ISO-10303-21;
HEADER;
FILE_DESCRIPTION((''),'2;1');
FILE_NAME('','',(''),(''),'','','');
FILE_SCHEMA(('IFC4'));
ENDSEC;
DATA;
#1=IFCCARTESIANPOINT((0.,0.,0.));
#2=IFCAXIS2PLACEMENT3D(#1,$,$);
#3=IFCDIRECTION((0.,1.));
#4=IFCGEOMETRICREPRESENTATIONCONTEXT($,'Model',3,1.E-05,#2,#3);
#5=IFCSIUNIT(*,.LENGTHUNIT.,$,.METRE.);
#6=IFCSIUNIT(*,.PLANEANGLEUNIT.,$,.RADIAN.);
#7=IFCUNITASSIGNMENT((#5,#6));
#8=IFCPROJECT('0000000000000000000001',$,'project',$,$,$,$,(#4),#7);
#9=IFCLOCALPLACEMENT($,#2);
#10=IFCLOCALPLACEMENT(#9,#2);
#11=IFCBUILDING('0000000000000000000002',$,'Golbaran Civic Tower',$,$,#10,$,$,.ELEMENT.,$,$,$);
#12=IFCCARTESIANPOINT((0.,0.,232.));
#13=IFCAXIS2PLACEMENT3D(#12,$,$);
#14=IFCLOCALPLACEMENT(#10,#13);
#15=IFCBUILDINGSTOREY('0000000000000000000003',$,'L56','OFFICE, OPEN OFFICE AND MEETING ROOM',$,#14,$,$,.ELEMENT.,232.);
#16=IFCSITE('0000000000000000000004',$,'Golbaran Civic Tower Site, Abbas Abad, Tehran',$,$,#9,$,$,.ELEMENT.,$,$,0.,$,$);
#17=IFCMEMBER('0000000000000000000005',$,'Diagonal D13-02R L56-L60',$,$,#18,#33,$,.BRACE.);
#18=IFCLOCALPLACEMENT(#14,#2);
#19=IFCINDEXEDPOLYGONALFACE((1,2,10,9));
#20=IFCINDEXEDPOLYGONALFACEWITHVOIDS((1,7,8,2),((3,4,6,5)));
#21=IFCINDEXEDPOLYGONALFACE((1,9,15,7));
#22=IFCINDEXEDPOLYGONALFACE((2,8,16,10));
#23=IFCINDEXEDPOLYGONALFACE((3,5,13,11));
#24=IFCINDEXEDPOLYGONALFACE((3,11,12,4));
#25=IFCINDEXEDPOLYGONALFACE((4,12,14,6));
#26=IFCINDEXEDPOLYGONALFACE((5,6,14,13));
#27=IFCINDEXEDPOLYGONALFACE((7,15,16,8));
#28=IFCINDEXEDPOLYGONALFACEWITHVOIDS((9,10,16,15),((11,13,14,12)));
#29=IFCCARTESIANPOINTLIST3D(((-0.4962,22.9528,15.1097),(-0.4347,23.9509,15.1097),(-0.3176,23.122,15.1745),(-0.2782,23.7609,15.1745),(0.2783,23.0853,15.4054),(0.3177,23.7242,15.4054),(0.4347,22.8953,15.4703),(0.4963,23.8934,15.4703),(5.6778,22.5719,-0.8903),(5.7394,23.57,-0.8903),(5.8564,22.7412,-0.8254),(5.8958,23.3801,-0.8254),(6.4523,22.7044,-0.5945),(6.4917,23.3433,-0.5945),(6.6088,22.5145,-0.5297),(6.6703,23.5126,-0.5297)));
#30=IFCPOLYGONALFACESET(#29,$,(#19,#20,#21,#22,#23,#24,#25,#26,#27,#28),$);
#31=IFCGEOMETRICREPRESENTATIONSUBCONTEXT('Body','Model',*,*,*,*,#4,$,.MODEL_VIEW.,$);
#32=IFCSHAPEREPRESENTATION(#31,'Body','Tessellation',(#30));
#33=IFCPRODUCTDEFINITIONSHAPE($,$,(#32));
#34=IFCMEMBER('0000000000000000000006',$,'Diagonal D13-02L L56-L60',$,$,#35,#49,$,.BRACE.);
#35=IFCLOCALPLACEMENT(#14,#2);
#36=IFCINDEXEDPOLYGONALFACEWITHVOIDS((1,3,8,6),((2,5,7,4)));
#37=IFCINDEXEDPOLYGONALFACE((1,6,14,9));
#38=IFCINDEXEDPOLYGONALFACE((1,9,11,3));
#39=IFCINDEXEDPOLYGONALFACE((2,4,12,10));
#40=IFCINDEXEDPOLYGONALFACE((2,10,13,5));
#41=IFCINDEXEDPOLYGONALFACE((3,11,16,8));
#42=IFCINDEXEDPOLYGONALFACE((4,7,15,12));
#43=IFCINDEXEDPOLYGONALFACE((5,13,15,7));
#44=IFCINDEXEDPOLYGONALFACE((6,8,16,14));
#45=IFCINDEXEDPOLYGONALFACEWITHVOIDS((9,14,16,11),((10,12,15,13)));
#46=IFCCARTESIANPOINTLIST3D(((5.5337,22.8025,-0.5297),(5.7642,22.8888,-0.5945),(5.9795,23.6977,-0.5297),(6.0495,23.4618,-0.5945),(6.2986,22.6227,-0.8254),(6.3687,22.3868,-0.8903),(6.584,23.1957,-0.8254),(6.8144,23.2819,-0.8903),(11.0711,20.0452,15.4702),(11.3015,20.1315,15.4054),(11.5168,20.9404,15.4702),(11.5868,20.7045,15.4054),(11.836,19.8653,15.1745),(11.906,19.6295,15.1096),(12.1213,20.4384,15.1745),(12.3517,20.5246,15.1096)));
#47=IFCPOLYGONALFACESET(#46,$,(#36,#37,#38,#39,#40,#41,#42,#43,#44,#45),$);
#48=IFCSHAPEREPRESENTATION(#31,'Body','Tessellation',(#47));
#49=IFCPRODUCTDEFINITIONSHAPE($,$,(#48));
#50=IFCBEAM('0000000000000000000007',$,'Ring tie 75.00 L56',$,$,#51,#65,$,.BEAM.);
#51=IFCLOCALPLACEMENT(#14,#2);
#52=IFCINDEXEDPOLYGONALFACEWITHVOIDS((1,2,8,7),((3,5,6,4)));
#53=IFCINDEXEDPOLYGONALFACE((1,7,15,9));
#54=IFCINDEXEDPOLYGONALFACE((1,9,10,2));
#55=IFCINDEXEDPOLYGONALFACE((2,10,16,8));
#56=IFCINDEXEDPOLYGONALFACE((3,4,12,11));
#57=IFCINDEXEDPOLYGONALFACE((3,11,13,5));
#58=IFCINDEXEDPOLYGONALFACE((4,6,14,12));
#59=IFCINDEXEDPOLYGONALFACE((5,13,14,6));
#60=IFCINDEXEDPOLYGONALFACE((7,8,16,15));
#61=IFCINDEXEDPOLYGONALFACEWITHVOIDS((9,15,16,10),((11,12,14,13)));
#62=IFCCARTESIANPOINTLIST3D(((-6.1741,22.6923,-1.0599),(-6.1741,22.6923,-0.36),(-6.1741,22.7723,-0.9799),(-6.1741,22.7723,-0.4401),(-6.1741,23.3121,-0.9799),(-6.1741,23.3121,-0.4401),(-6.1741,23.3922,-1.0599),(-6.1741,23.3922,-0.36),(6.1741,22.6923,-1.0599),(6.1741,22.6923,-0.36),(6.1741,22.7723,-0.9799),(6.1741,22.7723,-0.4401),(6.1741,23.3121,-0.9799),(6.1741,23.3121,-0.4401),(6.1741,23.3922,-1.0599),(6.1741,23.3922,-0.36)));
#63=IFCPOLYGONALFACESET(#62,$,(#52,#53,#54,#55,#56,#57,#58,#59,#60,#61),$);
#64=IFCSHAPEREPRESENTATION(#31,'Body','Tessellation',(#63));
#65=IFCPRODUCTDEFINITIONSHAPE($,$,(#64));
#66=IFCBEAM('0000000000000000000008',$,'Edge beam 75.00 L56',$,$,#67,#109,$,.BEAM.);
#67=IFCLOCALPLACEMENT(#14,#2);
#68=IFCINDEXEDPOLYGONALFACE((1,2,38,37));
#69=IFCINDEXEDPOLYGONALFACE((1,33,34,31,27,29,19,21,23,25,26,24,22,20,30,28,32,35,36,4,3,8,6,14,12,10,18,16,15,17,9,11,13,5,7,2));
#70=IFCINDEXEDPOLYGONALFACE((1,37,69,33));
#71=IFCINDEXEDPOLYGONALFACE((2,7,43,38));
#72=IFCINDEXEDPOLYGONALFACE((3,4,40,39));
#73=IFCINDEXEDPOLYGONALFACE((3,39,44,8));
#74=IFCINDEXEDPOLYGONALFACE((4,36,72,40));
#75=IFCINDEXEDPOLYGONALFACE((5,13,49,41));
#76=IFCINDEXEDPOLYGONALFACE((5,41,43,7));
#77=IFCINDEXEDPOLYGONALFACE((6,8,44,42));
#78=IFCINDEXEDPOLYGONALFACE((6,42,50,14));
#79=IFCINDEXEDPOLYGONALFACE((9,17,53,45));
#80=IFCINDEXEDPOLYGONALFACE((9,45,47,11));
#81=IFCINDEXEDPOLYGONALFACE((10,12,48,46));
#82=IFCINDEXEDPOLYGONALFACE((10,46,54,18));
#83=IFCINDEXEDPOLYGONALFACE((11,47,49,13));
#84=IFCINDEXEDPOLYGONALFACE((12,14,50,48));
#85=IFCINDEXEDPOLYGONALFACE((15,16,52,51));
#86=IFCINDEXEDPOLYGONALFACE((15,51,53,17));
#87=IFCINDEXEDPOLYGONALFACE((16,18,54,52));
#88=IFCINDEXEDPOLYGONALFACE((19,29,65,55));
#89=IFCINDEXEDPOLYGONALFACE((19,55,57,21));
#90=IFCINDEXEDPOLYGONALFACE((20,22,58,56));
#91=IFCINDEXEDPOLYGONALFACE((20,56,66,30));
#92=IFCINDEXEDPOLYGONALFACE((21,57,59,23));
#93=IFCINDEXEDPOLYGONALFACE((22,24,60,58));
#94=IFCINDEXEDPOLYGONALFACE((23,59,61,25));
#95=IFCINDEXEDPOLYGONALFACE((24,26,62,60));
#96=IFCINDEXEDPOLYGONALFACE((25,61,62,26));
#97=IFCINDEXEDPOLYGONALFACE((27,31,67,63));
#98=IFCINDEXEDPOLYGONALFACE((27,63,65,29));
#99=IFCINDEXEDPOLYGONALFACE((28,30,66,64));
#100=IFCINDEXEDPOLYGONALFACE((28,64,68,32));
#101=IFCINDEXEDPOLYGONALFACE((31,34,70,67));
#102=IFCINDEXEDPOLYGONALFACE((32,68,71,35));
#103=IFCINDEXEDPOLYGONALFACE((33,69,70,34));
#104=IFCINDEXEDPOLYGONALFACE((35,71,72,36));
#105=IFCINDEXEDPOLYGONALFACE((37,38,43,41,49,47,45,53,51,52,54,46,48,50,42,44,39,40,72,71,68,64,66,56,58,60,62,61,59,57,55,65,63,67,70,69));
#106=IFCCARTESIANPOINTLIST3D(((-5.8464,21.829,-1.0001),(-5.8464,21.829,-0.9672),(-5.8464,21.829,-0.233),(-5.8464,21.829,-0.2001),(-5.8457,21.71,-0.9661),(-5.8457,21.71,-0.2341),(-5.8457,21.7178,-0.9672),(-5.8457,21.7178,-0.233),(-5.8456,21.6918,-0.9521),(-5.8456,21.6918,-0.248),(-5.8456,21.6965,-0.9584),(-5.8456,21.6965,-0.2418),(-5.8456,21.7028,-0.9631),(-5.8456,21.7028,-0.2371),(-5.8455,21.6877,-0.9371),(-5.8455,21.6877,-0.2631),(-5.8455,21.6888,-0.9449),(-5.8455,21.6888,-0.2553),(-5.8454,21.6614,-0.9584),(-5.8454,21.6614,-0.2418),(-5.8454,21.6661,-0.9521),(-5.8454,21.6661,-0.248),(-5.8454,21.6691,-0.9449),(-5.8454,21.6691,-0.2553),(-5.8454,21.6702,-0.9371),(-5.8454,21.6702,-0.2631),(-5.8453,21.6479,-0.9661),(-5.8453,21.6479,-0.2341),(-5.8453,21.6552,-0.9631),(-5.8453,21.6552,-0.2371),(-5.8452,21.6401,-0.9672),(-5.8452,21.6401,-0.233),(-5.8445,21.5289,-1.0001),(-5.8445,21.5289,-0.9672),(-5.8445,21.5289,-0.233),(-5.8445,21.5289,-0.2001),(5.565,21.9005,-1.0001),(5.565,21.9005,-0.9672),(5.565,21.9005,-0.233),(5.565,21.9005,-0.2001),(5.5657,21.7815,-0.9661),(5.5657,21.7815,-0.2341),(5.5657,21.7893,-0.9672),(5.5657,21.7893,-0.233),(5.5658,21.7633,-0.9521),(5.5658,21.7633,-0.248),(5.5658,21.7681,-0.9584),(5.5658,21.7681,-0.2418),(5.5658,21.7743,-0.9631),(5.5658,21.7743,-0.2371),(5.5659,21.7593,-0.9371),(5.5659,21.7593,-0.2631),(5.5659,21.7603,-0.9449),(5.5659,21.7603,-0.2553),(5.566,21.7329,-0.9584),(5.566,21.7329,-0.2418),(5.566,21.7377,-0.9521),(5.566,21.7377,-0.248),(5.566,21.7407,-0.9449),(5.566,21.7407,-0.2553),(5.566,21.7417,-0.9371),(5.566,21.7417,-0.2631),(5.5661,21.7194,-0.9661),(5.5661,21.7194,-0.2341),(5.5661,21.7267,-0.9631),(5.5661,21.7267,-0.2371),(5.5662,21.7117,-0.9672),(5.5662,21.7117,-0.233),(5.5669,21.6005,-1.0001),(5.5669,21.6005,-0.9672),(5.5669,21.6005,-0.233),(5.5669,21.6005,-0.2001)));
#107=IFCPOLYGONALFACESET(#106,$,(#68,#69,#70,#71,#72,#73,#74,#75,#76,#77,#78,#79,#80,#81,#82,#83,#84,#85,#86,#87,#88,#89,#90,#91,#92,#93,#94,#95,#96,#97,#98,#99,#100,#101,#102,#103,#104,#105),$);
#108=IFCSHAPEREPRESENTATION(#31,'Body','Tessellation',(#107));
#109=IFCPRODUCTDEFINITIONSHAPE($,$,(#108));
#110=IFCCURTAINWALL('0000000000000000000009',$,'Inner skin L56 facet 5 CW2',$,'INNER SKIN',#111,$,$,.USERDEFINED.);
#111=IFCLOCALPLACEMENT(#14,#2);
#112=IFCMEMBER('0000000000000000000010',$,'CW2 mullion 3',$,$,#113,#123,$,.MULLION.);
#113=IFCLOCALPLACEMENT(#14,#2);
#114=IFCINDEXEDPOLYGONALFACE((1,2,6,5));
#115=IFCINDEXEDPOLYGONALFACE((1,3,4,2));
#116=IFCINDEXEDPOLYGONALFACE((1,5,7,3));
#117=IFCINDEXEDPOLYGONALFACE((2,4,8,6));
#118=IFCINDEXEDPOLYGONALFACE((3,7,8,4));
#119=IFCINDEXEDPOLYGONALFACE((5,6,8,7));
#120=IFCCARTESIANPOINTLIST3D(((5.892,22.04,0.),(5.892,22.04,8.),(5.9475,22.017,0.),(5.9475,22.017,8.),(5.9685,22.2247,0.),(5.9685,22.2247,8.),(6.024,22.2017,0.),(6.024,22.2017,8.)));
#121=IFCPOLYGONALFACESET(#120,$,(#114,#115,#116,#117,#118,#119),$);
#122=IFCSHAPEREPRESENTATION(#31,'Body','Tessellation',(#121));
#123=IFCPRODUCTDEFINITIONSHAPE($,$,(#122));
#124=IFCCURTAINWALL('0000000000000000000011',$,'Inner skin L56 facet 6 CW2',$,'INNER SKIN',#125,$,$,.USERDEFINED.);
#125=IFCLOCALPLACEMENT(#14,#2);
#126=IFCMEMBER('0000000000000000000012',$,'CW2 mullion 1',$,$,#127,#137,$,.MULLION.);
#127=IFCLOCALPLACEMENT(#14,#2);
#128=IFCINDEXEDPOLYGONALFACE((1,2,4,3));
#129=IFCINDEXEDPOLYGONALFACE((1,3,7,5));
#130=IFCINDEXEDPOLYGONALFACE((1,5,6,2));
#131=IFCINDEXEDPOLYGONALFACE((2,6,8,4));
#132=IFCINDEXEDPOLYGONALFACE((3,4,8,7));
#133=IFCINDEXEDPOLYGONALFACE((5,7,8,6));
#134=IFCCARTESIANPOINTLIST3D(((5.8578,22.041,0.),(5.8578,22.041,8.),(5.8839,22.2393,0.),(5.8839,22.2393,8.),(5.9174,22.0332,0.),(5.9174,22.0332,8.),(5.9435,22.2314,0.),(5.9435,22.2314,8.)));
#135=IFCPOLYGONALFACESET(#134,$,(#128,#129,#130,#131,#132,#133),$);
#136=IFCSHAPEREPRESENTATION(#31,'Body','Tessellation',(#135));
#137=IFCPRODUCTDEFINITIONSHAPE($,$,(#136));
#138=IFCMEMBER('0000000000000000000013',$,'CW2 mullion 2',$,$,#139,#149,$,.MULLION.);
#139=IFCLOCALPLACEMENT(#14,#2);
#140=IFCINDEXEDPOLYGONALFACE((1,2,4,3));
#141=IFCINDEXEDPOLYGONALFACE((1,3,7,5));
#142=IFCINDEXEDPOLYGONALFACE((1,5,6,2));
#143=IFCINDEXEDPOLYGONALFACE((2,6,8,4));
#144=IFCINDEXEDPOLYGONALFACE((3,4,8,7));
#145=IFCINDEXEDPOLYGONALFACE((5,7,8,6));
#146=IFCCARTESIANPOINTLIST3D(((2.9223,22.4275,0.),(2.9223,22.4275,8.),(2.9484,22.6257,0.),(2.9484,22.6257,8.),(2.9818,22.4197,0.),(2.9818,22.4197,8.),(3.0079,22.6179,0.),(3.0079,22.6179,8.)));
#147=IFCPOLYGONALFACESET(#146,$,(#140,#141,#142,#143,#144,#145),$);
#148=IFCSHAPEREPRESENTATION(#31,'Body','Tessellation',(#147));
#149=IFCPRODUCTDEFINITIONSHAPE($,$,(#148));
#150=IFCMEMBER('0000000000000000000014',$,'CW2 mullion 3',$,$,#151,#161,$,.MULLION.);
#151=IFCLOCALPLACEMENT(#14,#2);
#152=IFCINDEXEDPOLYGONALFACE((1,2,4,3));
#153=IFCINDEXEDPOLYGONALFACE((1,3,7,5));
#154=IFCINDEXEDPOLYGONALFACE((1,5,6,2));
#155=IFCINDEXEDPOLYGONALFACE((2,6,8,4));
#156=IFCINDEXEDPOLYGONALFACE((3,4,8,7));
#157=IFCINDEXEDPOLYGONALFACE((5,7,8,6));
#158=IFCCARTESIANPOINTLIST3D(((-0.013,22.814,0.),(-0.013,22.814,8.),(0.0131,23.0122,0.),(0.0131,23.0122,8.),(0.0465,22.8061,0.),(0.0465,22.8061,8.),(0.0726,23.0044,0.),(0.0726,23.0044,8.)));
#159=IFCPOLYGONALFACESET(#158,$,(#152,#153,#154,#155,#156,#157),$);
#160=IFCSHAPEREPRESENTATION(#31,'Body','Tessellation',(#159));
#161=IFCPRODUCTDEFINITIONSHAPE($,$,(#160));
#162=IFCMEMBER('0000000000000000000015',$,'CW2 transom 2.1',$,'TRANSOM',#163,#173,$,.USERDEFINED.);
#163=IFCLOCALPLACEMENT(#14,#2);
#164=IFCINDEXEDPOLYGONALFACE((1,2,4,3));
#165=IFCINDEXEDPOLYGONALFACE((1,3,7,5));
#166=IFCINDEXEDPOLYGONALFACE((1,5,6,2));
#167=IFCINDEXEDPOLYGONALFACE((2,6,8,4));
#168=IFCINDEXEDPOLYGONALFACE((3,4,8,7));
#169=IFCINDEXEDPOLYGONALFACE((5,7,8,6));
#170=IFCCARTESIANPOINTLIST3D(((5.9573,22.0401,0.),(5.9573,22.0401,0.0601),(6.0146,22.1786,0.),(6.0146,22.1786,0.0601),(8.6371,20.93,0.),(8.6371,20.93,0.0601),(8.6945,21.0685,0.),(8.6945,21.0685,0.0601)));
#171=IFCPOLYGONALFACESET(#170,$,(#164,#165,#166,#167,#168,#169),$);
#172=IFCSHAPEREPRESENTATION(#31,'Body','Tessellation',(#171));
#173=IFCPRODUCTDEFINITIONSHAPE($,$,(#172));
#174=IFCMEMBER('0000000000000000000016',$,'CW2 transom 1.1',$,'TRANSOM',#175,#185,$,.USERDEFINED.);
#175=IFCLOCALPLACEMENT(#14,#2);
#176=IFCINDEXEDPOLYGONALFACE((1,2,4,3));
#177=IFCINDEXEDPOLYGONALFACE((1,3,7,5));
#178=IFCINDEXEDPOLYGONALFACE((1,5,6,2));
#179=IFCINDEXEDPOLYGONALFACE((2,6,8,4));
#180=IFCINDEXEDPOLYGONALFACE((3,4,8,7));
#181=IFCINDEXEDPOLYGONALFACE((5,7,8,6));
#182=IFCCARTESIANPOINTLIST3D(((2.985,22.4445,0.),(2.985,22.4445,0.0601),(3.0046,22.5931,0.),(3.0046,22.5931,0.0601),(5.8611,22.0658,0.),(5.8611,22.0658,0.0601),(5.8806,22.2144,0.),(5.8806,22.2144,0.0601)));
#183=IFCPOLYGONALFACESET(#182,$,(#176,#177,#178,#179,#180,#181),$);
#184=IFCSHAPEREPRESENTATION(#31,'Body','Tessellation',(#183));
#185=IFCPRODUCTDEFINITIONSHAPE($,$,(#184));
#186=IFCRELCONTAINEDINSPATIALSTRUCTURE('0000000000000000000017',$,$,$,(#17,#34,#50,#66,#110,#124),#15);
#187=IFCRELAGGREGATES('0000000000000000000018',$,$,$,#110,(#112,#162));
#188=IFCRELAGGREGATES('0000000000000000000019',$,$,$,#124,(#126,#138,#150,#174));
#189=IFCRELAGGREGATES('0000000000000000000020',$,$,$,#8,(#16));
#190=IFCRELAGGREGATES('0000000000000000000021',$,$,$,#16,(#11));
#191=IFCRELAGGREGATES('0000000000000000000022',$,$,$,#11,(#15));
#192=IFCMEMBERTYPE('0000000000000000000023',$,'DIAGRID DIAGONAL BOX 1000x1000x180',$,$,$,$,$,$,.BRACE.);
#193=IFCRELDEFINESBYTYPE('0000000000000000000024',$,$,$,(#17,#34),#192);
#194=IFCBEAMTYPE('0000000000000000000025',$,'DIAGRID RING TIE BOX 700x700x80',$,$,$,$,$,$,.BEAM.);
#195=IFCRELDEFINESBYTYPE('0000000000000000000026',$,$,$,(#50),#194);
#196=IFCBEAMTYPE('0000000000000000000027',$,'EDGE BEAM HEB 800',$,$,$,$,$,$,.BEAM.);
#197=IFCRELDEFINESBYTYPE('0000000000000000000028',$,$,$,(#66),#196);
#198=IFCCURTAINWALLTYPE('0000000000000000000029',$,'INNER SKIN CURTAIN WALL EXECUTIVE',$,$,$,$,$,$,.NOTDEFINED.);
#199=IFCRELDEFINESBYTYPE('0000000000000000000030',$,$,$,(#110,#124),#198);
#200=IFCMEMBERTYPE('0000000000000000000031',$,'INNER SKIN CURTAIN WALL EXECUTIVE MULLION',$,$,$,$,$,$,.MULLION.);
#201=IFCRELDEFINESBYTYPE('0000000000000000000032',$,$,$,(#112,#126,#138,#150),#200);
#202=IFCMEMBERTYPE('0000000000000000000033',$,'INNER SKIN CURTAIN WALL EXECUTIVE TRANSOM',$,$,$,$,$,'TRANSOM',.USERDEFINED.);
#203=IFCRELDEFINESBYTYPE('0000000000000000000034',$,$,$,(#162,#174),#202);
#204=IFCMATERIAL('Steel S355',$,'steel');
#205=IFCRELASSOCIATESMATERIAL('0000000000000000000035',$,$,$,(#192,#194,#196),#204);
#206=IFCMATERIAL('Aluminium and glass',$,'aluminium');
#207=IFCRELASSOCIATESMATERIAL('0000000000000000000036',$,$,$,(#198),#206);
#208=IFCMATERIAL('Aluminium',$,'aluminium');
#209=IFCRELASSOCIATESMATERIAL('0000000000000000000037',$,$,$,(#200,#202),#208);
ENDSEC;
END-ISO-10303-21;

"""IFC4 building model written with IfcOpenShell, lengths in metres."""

from ifc_helpers import new_model, si_unit, direction, frame, origin, origin_2d, place, context, subcontext, project, spatial, rectangle, hollow_rectangle, i_section, extrude, material, material_profile, profile_set, type_object, element, aggregate, save


model = new_model("IFC4")

# Units and contexts
model_context = context("Model", 3, precision=1e-05, world=origin(), true_north=direction((0.0, 1.0)))
body_context = subcontext(model_context, "Body", "Model", "MODEL_VIEW")
ifc_project = project(units=[si_unit("LENGTHUNIT", "METRE"), si_unit("PLANEANGLEUNIT", "RADIAN")], contexts=[model_context])

# Site, building, storey
site_placement = place(None, origin())
site = spatial("IfcSite", under=ifc_project, at=site_placement, Name="Golbaran Civic Tower Site, Abbas Abad, Tehran", CompositionType="ELEMENT", RefElevation=0.0)
building_placement = place(site_placement, origin())
building = spatial("IfcBuilding", under=site, at=building_placement, Name="Golbaran Civic Tower", CompositionType="ELEMENT")
storey_placement = place(building_placement, frame((0.0, 0.0, 232.0)))
storey = spatial("IfcBuildingStorey", under=building, at=storey_placement, Name="L56", Description="OFFICE, OPEN OFFICE AND MEETING ROOM", CompositionType="ELEMENT", Elevation=232.0)

# Members
ifc_material_1 = material(Name="Steel S355", Category="steel")
ifc_material_profile_1 = material_profile(ifc_material_1, hollow_rectangle(XDim=1.0, YDim=1.0, WallThickness=0.1799, at=origin_2d()), Name="BOX 1000x1000x180")
ifc_profile_set_1 = profile_set([ifc_material_profile_1], Name="Steel S355")
member_type_1 = type_object("IfcMemberType", Name="DIAGRID DIAGONAL BOX 1000x1000x180", PredefinedType="BRACE", material=ifc_profile_set_1)
for number, where, z_axis, x_axis, name in (
    (1, (6.1741, 23.0422, -0.71), (-0.359918, 0.022202, 0.93272), (-0.06157, -0.998103, 0.0), "Diagonal D13-02R L56-L60"),
    (2, (6.1741, 23.0422, -0.71), (0.3228, -0.160738, 0.932718), (0.445745, 0.89516, 0.0), "Diagonal D13-02L L56-L60"),
):
    element("IfcMember", number, at=place(storey_placement, frame(where, z_axis=z_axis, x_axis=x_axis)), inside=storey, type_object=member_type_1, Name=name, PredefinedType="BRACE", context=body_context, shape_type="SweptSolid", body=[
        extrude(hollow_rectangle(XDim=1.0, YDim=1.0, WallThickness=0.1799, at=origin_2d()), origin(), (0.0, 0.0, 1.0), 17.1541),
    ])

# Beams
ifc_material_profile_2 = material_profile(ifc_material_1, hollow_rectangle(XDim=0.7, YDim=0.7, WallThickness=0.0801, at=origin_2d()), Name="BOX 700x700x80")
ifc_profile_set_2 = profile_set([ifc_material_profile_2], Name="Steel S355")
beam_type_1 = type_object("IfcBeamType", Name="DIAGRID RING TIE BOX 700x700x80", PredefinedType="BEAM", material=ifc_profile_set_2)
beam_1_placement = place(storey_placement, frame((6.1741, 23.0422, -0.71), z_axis=(-1.0, 0.0, 0.0), x_axis=(0.0, -1.0, 0.0)))
element("IfcBeam", 3, at=beam_1_placement, inside=storey, type_object=beam_type_1, Name="Ring tie 75.00 L56", PredefinedType="BEAM", context=body_context, shape_type="SweptSolid", body=[
    extrude(hollow_rectangle(XDim=0.7, YDim=0.7, WallThickness=0.0801, at=origin_2d()), origin(), (0.0, 0.0, 1.0), 12.3481),
])
ifc_material_profile_3 = material_profile(ifc_material_1, i_section(OverallWidth=0.3, OverallDepth=0.8, WebThickness=0.0176, FlangeThickness=0.033, FilletRadius=0.03, at=origin_2d()), Name="HEB 800")
ifc_profile_set_3 = profile_set([ifc_material_profile_3], Name="Steel S355")
beam_type_2 = type_object("IfcBeamType", Name="EDGE BEAM HEB 800", PredefinedType="BEAM", material=ifc_profile_set_3)
beam_2_placement = place(storey_placement, frame((5.5659, 21.7505, -0.6001), z_axis=(-0.99998, -0.006268, 0.0), x_axis=(0.006268, -0.99998, 0.0)))
element("IfcBeam", 4, at=beam_2_placement, inside=storey, type_object=beam_type_2, Name="Edge beam 75.00 L56", PredefinedType="BEAM", context=body_context, shape_type="SweptSolid", body=[
    extrude(i_section(OverallWidth=0.3, OverallDepth=0.8, WebThickness=0.0176, FlangeThickness=0.033, FilletRadius=0.03, at=origin_2d()), origin(), (0.0, 0.0, 1.0), 11.4116),
])

# Curtain wall, member
ifc_material_2 = material(Name="Aluminium and glass", Category="aluminium")
curtain_wall_type_1 = type_object("IfcCurtainWallType", Name="INNER SKIN CURTAIN WALL EXECUTIVE", PredefinedType="NOTDEFINED", material=ifc_material_2)
curtain_wall_1_placement = place(storey_placement, origin())
curtain_wall_1 = element("IfcCurtainWall", 5, at=curtain_wall_1_placement, inside=storey, type_object=curtain_wall_type_1, Name="Inner skin L56 facet 5 CW2", ObjectType="INNER SKIN", PredefinedType="USERDEFINED")
ifc_material_3 = material(Name="Aluminium", Category="aluminium")
ifc_material_profile_4 = material_profile(ifc_material_3, rectangle(XDim=0.2, YDim=0.0601, at=origin_2d()), Name="INNER SKIN CURTAIN WALL EXECUTIVE MULLION")
ifc_profile_set_4 = profile_set([ifc_material_profile_4], Name="Aluminium")
member_type_2 = type_object("IfcMemberType", Name="INNER SKIN CURTAIN WALL EXECUTIVE MULLION", PredefinedType="MULLION", material=ifc_profile_set_4)
member_1_placement = place(storey_placement, frame((5.958, 22.1208, 0.0), z_axis=(0.0, 0.0, 1.0), x_axis=(-0.382683, -0.92388, 0.0)))
member_1 = element("IfcMember", 6, at=member_1_placement, type_object=member_type_2, Name="CW2 mullion 3", PredefinedType="MULLION", context=body_context, shape_type="SweptSolid", body=[
    extrude(rectangle(XDim=0.2, YDim=0.0601, at=origin_2d()), origin(), (0.0, 0.0, 1.0), 8.0),
])

# Curtain wall, members
curtain_wall_2_placement = place(storey_placement, origin())
curtain_wall_2 = element("IfcCurtainWall", 7, at=curtain_wall_2_placement, inside=storey, type_object=curtain_wall_type_1, Name="Inner skin L56 facet 6 CW2", ObjectType="INNER SKIN", PredefinedType="USERDEFINED")
member_2_placement = place(storey_placement, frame((5.9006, 22.1362, 0.0), z_axis=(0.0, 0.0, 1.0), x_axis=(-0.130526, -0.991445, 0.0)))
member_2 = element("IfcMember", 8, at=member_2_placement, type_object=member_type_2, Name="CW2 mullion 1", PredefinedType="MULLION", context=body_context, shape_type="SweptSolid", body=[
    extrude(rectangle(XDim=0.2, YDim=0.0601, at=origin_2d()), origin(), (0.0, 0.0, 1.0), 8.0),
])
member_3_placement = place(storey_placement, frame((2.9651, 22.5227, 0.0), z_axis=(0.0, 0.0, 1.0), x_axis=(-0.130526, -0.991445, 0.0)))
member_3 = element("IfcMember", 9, at=member_3_placement, type_object=member_type_2, Name="CW2 mullion 2", PredefinedType="MULLION", context=body_context, shape_type="SweptSolid", body=[
    extrude(rectangle(XDim=0.2, YDim=0.0601, at=origin_2d()), origin(), (0.0, 0.0, 1.0), 8.0),
])
member_4_placement = place(storey_placement, frame((0.0298, 22.9092, 0.0), z_axis=(0.0, 0.0, 1.0), x_axis=(-0.130526, -0.991445, 0.0)))
member_4 = element("IfcMember", 10, at=member_4_placement, type_object=member_type_2, Name="CW2 mullion 3", PredefinedType="MULLION", context=body_context, shape_type="SweptSolid", body=[
    extrude(rectangle(XDim=0.2, YDim=0.0601, at=origin_2d()), origin(), (0.0, 0.0, 1.0), 8.0),
])

# Members
ifc_material_profile_5 = material_profile(ifc_material_3, rectangle(XDim=0.1499, YDim=0.0601, at=origin_2d()), Name="INNER SKIN CURTAIN WALL EXECUTIVE TRANSOM")
ifc_profile_set_5 = profile_set([ifc_material_profile_5], Name="Aluminium")
member_type_3 = type_object("IfcMemberType", Name="INNER SKIN CURTAIN WALL EXECUTIVE TRANSOM", ElementType="TRANSOM", PredefinedType="USERDEFINED", material=ifc_profile_set_5)
member_5_placement = place(storey_placement, frame((8.6658, 20.9993, 0.03), z_axis=(-0.923874, 0.382696, 0.0), x_axis=(-0.382696, -0.923874, 0.0)))
member_5 = element("IfcMember", 11, at=member_5_placement, type_object=member_type_3, Name="CW2 transom 2.1", ObjectType="TRANSOM", PredefinedType="USERDEFINED", context=body_context, shape_type="SweptSolid", body=[
    extrude(rectangle(XDim=0.1499, YDim=0.0601, at=origin_2d()), origin(), (0.0, 0.0, 1.0), 2.9006),
])
member_6_placement = place(storey_placement, frame((5.8708, 22.1401, 0.03), z_axis=(-0.991443, 0.130537, 0.0), x_axis=(-0.130537, -0.991443, 0.0)))
member_6 = element("IfcMember", 12, at=member_6_placement, type_object=member_type_3, Name="CW2 transom 1.1", ObjectType="TRANSOM", PredefinedType="USERDEFINED", context=body_context, shape_type="SweptSolid", body=[
    extrude(rectangle(XDim=0.1499, YDim=0.0601, at=origin_2d()), origin(), (0.0, 0.0, 1.0), 2.9009),
])

aggregate(curtain_wall_1, [member_1, member_5])
aggregate(curtain_wall_2, [member_2, member_3, member_4, member_6])

save(model, "model.ifc")
